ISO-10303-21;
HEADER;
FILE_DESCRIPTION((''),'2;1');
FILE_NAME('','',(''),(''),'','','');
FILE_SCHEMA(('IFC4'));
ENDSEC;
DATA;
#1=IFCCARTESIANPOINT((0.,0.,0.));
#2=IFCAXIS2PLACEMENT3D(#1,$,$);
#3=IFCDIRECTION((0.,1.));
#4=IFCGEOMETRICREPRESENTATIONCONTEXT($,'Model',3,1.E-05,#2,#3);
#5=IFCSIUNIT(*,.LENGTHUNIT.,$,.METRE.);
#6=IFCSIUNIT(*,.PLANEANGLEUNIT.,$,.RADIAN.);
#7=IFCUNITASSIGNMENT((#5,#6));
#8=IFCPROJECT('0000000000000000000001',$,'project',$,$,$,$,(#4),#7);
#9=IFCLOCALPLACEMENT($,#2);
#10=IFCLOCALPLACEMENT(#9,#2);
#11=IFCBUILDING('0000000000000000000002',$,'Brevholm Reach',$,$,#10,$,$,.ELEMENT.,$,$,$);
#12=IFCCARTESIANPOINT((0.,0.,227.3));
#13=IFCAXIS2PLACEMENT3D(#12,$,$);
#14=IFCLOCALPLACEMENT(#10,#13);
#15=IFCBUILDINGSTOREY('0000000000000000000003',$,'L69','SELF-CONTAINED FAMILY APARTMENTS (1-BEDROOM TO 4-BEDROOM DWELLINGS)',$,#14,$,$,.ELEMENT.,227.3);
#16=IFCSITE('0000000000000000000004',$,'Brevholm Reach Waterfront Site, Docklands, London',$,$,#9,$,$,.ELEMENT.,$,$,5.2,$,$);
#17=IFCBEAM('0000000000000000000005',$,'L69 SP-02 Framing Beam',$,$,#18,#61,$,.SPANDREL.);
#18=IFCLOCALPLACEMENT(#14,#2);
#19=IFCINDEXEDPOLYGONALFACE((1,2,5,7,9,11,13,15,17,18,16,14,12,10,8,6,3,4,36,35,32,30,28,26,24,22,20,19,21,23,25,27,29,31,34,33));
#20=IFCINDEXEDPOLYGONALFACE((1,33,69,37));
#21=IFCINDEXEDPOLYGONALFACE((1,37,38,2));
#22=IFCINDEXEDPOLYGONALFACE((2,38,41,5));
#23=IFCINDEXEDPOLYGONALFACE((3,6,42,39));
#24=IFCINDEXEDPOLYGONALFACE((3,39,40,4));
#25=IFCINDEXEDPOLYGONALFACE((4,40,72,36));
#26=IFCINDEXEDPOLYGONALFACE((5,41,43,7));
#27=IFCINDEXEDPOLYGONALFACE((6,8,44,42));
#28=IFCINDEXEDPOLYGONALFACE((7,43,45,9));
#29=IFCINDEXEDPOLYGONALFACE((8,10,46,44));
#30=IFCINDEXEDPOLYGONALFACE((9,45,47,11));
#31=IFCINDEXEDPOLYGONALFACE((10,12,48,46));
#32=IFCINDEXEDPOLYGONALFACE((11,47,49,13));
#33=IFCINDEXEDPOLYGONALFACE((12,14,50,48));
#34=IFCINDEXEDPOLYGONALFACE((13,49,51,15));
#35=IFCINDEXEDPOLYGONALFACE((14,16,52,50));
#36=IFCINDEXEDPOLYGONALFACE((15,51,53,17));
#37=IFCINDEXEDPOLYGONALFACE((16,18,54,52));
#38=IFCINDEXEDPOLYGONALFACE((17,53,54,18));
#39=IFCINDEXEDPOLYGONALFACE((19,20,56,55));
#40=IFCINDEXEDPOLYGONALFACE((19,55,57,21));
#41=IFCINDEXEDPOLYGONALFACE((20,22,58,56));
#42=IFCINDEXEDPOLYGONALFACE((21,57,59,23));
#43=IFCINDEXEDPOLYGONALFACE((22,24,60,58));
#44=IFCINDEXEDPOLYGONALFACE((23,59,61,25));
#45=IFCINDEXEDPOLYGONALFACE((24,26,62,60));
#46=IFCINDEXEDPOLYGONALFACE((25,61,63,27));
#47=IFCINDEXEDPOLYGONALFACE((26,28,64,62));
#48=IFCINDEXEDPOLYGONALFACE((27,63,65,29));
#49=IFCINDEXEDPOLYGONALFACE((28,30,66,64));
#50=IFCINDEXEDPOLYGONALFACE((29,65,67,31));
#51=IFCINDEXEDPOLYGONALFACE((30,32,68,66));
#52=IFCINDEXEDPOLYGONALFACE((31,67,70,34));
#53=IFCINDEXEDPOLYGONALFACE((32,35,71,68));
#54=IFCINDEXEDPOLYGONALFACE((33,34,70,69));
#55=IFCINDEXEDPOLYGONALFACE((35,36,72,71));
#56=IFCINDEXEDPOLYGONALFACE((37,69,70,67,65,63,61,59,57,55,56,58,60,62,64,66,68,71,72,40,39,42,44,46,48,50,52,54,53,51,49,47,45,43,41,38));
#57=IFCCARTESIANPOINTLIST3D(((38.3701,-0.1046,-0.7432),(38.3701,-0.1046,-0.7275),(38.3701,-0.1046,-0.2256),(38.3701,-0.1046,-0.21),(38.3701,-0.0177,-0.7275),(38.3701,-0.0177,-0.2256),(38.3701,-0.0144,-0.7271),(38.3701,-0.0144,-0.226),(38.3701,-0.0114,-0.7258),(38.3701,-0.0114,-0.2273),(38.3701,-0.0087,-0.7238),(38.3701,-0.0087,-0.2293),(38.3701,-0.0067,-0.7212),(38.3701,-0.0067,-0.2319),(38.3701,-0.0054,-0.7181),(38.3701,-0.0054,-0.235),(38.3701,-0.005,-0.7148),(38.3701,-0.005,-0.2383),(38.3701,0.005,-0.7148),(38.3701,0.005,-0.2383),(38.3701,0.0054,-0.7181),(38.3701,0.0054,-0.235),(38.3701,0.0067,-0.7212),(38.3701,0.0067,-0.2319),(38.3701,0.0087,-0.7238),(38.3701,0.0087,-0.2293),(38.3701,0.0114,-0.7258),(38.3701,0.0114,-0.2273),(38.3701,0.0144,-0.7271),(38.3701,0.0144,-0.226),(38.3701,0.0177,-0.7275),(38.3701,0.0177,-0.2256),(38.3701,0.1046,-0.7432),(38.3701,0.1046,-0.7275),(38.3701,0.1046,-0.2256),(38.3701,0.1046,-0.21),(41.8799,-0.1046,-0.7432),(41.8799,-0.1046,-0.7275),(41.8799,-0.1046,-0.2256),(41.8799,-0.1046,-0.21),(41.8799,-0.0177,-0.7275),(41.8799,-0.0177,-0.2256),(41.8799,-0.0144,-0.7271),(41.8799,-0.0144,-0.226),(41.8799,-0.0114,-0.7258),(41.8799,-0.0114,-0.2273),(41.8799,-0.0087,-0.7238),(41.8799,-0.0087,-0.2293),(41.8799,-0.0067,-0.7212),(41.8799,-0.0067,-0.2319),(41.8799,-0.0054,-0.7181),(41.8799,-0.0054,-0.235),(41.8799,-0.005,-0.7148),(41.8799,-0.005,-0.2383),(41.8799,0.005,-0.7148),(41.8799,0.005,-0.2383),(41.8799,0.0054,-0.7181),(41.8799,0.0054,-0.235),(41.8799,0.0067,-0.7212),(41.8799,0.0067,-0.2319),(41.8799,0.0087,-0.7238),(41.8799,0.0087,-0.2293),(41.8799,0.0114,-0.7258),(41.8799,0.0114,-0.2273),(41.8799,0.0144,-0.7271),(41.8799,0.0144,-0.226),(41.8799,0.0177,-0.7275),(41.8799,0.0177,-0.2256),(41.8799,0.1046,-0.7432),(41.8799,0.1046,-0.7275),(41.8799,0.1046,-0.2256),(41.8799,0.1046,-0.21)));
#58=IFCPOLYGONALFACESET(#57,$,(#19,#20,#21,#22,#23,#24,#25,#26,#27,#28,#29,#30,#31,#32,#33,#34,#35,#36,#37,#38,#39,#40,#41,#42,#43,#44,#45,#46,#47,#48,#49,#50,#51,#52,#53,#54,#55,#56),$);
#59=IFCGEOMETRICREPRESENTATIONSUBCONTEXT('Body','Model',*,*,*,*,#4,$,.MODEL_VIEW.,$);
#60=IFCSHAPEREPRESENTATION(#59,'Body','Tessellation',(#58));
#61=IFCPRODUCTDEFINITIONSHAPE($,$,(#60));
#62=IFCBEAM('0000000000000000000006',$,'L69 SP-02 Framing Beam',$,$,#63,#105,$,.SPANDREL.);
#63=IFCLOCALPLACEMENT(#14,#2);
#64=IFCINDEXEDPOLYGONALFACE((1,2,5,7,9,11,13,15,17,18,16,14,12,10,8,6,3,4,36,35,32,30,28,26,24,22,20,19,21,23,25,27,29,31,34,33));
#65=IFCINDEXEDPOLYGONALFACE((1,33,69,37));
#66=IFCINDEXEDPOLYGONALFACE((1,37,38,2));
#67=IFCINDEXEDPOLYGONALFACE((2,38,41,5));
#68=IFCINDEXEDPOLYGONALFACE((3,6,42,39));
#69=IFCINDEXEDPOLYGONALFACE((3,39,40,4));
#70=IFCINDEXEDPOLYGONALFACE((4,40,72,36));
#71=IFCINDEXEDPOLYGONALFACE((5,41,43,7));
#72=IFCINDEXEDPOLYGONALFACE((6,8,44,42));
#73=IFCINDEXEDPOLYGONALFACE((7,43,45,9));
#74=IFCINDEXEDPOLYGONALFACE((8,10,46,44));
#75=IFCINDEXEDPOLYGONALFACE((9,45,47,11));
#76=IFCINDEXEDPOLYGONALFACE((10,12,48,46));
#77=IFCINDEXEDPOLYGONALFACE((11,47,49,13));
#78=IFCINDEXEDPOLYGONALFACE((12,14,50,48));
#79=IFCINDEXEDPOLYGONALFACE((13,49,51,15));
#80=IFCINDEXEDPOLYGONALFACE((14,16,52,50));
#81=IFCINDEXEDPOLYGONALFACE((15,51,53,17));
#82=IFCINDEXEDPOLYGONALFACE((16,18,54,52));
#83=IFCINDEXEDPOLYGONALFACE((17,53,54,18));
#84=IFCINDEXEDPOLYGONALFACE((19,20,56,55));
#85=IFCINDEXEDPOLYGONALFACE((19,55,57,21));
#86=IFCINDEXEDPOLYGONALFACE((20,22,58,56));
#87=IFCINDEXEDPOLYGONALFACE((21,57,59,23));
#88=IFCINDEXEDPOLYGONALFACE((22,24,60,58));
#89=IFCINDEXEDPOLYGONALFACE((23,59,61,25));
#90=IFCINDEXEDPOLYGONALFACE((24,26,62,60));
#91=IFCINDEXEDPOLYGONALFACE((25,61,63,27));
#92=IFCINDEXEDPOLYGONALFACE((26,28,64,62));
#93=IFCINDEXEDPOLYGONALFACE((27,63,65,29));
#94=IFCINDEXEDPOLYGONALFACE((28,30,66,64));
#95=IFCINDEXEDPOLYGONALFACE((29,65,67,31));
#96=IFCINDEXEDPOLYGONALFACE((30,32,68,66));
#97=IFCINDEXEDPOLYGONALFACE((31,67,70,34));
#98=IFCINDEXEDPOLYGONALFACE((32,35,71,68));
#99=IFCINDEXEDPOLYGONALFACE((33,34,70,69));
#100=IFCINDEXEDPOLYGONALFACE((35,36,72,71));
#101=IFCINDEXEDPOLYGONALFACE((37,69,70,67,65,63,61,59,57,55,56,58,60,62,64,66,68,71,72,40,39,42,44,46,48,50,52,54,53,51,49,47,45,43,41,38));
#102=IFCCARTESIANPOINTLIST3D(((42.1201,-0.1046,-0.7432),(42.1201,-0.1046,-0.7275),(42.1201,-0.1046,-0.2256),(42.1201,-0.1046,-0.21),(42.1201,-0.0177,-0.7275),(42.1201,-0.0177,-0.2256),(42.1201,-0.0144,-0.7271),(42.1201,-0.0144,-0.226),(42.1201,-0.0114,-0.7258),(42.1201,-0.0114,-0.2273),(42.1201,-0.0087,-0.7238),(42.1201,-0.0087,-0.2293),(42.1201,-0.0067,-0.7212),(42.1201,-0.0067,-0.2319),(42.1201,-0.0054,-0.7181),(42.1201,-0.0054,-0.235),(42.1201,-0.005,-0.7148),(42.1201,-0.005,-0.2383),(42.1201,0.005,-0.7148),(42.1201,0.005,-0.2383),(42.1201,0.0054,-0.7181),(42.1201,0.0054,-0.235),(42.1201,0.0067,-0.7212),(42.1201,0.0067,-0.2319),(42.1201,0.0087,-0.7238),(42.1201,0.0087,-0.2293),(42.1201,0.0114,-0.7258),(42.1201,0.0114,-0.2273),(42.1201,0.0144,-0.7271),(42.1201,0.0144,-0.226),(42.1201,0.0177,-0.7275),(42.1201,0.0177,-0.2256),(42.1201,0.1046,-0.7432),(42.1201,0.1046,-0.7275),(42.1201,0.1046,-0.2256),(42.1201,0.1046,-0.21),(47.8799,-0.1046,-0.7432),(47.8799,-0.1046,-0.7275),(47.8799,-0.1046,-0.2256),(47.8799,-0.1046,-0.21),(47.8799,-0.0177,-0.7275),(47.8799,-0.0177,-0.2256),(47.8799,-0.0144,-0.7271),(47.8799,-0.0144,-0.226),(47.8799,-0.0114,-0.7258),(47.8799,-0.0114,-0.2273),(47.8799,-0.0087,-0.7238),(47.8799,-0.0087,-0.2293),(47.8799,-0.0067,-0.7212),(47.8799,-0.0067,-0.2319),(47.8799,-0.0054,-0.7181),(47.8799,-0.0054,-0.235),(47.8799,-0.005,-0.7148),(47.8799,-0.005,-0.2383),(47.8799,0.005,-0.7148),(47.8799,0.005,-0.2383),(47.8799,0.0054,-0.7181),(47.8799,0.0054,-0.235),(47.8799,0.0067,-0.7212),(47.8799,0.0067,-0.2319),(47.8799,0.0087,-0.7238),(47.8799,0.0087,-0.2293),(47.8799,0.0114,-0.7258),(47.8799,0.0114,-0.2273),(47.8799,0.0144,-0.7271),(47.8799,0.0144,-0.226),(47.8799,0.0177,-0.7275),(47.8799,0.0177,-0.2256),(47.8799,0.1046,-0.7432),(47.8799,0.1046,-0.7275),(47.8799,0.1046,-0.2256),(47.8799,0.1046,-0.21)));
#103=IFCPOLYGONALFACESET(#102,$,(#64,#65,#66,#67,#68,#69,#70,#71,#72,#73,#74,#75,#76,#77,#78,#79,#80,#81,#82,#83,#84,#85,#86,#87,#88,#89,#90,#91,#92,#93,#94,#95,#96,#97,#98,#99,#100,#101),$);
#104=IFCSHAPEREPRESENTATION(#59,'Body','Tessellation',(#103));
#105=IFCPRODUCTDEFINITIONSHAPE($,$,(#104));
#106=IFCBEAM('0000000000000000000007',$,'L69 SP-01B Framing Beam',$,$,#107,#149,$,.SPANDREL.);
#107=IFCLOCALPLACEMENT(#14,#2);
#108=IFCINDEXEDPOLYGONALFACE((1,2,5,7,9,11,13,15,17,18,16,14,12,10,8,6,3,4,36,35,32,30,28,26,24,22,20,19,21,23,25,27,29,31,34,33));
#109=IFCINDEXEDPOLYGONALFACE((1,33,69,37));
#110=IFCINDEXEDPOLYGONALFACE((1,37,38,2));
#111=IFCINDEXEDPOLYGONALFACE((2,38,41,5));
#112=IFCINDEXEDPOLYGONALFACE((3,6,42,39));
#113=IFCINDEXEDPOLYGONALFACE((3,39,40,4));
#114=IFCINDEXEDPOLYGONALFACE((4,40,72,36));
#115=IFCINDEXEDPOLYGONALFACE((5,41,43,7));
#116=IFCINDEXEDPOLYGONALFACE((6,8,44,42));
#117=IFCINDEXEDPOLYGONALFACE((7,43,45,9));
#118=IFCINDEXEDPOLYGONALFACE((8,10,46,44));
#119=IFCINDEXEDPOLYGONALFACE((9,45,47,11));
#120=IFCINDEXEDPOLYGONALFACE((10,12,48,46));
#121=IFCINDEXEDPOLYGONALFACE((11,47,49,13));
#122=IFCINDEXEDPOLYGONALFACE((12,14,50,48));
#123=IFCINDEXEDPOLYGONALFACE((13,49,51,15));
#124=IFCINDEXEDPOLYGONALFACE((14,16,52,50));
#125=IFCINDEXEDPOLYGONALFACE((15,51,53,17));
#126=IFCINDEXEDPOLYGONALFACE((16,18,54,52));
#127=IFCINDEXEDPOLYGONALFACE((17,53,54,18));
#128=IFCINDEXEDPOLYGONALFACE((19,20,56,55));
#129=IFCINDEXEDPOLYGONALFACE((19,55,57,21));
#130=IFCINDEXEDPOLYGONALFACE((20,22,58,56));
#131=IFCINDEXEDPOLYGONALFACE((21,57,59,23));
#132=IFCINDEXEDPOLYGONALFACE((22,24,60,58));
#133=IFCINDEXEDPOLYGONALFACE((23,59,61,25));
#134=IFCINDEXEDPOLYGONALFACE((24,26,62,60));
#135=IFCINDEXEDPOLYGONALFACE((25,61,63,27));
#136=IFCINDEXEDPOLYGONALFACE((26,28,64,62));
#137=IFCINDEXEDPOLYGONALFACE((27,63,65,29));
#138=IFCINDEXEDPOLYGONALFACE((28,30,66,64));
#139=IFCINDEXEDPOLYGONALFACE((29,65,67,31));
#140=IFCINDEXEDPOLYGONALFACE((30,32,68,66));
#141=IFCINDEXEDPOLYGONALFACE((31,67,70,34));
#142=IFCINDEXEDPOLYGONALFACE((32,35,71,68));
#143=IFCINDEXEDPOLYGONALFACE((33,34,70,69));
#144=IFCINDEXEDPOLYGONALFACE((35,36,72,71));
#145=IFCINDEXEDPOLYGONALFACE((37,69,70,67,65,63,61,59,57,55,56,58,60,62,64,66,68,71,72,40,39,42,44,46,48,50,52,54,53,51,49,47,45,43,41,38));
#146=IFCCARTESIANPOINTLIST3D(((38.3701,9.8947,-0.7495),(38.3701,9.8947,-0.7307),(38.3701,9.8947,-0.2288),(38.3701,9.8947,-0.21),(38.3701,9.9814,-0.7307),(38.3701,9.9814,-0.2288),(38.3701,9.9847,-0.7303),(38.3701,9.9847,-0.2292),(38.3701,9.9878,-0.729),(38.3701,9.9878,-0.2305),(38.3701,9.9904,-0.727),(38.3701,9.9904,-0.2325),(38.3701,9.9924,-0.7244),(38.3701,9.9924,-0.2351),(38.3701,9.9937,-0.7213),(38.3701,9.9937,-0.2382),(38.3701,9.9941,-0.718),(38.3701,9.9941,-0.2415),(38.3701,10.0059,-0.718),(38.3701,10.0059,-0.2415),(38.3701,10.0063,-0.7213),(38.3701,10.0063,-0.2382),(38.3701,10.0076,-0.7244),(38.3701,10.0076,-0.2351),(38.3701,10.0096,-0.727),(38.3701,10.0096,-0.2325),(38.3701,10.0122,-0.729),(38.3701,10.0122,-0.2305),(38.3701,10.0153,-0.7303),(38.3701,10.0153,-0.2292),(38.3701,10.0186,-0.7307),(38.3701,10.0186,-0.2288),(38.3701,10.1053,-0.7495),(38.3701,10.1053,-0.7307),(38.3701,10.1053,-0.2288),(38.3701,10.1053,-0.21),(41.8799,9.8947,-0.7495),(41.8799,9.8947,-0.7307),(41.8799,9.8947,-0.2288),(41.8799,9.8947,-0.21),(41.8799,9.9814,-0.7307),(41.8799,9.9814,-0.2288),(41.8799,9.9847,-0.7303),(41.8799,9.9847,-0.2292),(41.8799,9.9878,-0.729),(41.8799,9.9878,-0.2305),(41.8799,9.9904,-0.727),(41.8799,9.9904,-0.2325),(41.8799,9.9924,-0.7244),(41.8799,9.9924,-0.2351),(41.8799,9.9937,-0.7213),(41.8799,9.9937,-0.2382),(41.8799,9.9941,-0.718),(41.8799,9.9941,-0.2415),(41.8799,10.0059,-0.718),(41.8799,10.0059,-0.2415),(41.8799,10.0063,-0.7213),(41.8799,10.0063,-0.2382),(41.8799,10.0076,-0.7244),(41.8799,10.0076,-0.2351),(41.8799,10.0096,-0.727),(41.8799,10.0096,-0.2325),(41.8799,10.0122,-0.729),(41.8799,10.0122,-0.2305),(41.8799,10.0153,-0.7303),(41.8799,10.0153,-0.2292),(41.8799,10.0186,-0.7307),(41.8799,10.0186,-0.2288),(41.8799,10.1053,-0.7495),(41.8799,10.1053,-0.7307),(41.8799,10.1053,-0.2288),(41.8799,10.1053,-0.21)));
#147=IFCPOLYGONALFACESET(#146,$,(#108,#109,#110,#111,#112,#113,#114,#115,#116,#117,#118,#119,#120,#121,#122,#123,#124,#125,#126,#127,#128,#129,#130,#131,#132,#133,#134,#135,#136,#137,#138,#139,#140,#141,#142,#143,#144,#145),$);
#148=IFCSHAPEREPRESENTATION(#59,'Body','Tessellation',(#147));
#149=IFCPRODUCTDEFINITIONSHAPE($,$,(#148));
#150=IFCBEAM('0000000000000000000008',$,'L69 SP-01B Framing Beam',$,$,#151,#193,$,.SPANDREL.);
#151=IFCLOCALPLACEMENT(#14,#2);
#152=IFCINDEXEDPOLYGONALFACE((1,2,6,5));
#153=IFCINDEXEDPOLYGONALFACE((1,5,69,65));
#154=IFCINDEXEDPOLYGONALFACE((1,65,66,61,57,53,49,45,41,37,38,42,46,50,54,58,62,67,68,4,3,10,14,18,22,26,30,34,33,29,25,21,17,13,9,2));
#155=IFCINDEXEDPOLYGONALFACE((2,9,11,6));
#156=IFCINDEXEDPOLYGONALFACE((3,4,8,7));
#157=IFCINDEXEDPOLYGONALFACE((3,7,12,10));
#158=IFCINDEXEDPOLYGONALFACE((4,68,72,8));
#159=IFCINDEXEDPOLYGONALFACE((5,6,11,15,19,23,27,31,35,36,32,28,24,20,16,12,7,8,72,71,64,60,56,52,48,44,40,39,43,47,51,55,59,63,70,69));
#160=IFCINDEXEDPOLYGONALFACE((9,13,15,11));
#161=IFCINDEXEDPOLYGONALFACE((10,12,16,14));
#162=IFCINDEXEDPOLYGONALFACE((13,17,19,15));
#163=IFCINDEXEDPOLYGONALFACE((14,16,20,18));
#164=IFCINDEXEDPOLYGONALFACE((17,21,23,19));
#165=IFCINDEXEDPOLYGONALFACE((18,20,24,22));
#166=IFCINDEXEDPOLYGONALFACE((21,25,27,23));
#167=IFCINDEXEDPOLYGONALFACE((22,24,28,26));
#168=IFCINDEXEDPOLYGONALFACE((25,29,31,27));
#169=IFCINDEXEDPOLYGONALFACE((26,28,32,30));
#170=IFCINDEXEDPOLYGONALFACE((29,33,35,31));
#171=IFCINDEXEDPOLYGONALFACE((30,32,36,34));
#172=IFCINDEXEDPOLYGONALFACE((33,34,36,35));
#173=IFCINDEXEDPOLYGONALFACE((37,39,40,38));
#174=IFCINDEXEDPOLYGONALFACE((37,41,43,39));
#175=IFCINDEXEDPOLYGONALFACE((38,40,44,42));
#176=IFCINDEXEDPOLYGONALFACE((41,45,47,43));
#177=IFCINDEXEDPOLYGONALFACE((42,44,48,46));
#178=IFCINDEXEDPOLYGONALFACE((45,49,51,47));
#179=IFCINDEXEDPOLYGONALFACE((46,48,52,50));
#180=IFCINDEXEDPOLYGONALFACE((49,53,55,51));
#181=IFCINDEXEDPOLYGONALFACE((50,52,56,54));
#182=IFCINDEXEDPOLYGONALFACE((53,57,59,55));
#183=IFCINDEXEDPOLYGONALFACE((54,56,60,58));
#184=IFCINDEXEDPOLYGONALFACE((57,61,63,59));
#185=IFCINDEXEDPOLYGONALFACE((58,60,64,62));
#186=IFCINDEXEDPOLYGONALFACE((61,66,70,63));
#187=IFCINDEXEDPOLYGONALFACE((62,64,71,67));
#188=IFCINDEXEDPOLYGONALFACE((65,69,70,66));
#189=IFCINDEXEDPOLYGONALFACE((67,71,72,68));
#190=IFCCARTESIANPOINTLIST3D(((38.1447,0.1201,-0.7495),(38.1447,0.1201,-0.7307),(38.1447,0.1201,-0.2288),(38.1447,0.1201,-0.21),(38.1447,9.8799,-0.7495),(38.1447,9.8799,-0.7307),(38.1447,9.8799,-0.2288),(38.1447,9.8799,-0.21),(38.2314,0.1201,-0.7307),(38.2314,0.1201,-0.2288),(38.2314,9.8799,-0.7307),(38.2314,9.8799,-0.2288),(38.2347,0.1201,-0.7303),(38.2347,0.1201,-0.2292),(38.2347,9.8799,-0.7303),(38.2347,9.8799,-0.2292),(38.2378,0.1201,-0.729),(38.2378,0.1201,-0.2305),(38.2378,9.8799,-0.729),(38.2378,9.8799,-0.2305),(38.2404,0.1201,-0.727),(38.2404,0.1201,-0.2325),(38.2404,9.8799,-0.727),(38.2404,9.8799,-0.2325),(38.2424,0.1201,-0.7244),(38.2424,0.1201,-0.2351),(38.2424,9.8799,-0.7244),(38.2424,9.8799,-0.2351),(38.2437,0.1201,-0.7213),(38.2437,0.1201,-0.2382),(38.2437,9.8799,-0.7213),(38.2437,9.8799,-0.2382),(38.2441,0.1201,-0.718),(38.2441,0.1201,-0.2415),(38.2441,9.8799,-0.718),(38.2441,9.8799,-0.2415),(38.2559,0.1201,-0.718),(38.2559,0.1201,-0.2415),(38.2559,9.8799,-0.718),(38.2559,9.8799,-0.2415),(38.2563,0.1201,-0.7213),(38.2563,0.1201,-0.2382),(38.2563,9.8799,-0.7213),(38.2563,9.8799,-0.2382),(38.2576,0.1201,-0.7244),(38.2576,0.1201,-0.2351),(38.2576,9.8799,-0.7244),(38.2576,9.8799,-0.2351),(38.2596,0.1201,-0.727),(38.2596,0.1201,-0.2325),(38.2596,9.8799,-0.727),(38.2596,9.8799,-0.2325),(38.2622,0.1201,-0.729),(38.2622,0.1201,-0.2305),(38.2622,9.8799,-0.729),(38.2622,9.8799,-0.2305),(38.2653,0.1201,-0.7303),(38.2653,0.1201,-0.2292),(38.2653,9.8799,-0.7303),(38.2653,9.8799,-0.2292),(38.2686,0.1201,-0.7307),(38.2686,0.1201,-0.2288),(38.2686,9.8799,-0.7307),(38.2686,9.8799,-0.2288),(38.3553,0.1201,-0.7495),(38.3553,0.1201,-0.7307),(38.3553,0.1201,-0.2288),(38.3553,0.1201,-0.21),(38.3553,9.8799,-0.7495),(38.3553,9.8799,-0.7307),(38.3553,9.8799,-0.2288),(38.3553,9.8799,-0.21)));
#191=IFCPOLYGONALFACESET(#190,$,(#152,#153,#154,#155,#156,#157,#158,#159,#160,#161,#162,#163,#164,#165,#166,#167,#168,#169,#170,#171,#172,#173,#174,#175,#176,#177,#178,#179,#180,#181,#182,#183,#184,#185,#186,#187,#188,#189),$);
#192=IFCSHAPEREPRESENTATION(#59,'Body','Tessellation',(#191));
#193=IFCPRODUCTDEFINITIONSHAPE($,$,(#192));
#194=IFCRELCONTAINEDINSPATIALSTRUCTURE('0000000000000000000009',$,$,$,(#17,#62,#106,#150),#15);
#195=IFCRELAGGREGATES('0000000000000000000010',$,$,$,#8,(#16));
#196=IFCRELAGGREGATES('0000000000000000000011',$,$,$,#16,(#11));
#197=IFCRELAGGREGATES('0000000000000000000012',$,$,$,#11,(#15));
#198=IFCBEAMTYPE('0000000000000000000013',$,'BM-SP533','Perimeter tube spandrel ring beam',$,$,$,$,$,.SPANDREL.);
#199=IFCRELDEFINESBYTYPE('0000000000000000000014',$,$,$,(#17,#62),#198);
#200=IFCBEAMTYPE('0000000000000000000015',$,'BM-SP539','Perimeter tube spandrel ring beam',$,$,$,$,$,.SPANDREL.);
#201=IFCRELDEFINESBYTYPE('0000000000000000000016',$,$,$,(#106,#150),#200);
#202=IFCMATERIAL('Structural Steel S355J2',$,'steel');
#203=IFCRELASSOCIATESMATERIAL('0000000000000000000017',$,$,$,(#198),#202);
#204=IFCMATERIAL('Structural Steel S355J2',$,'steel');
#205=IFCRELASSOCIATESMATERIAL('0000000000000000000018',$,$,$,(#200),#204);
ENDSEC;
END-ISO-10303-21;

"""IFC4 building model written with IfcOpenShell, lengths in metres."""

from ifc_helpers import new_model, si_unit, direction, frame, origin, origin_2d, place, context, subcontext, project, spatial, i_section, extrude, material, material_profile, profile_set, type_object, element, save


model = new_model("IFC4")

# Units and contexts
model_context = context("Model", 3, precision=1e-05, world=origin(), true_north=direction((0.0, 1.0)))
body_context = subcontext(model_context, "Body", "Model", "MODEL_VIEW")
ifc_project = project(units=[si_unit("LENGTHUNIT", "METRE"), si_unit("PLANEANGLEUNIT", "RADIAN")], contexts=[model_context])

# Site, building, storey
site_placement = place(None, origin())
site = spatial("IfcSite", under=ifc_project, at=site_placement, Name="Brevholm Reach Waterfront Site, Docklands, London", CompositionType="ELEMENT", RefElevation=5.2)
building_placement = place(site_placement, origin())
building = spatial("IfcBuilding", under=site, at=building_placement, Name="Brevholm Reach", CompositionType="ELEMENT")
storey_placement = place(building_placement, frame((0.0, 0.0, 227.3)))
storey = spatial("IfcBuildingStorey", under=building, at=storey_placement, Name="L69", Description="SELF-CONTAINED FAMILY APARTMENTS (1-BEDROOM TO 4-BEDROOM DWELLINGS)", CompositionType="ELEMENT", Elevation=227.3)

# Beams
ifc_material_1 = material(Name="Structural Steel S355J2", Category="steel")
ifc_material_profile_1 = material_profile(ifc_material_1, i_section(OverallWidth=0.2092, OverallDepth=0.5332, WebThickness=0.01, FlangeThickness=0.0156, FilletRadius=0.0127, at=origin_2d()), Name="UKB 533x210x92")
ifc_profile_set_1 = profile_set([ifc_material_profile_1], Name="Structural Steel S355J2")
beam_type_1 = type_object("IfcBeamType", Name="BM-SP533", Description="Perimeter tube spandrel ring beam", PredefinedType="SPANDREL", material=ifc_profile_set_1)
beam_1_placement = place(storey_placement, frame((38.3701, 0.0, -0.4766), z_axis=(1.0, 0.0, 0.0), x_axis=(0.0, 1.0, 0.0)))
element("IfcBeam", 1, at=beam_1_placement, inside=storey, type_object=beam_type_1, Name="L69 SP-02 Framing Beam", PredefinedType="SPANDREL", context=body_context, shape_type="SweptSolid", body=[
    extrude(i_section(OverallWidth=0.2092, OverallDepth=0.5332, WebThickness=0.01, FlangeThickness=0.0156, FilletRadius=0.0127, at=origin_2d()), origin(), (0.0, 0.0, 1.0), 3.5098),
])
beam_2_placement = place(storey_placement, frame((42.1201, 0.0, -0.4766), z_axis=(1.0, 0.0, 0.0), x_axis=(0.0, 1.0, 0.0)))
element("IfcBeam", 2, at=beam_2_placement, inside=storey, type_object=beam_type_1, Name="L69 SP-02 Framing Beam", PredefinedType="SPANDREL", context=body_context, shape_type="SweptSolid", body=[
    extrude(i_section(OverallWidth=0.2092, OverallDepth=0.5332, WebThickness=0.01, FlangeThickness=0.0156, FilletRadius=0.0127, at=origin_2d()), origin(), (0.0, 0.0, 1.0), 5.7598),
])
ifc_material_2 = material(Name="Structural Steel S355J2", Category="steel")
ifc_material_profile_2 = material_profile(ifc_material_2, i_section(OverallWidth=0.2107, OverallDepth=0.5396, WebThickness=0.0117, FlangeThickness=0.0188, FilletRadius=0.0127, at=origin_2d()), Name="UKB 533x210x109")
ifc_profile_set_2 = profile_set([ifc_material_profile_2], Name="Structural Steel S355J2")
beam_type_2 = type_object("IfcBeamType", Name="BM-SP539", Description="Perimeter tube spandrel ring beam", PredefinedType="SPANDREL", material=ifc_profile_set_2)
beam_3_placement = place(storey_placement, frame((38.3701, 10.0, -0.4797), z_axis=(1.0, 0.0, 0.0), x_axis=(0.0, 1.0, 0.0)))
element("IfcBeam", 3, at=beam_3_placement, inside=storey, type_object=beam_type_2, Name="L69 SP-01B Framing Beam", PredefinedType="SPANDREL", context=body_context, shape_type="SweptSolid", body=[
    extrude(i_section(OverallWidth=0.2107, OverallDepth=0.5396, WebThickness=0.0117, FlangeThickness=0.0188, FilletRadius=0.0127, at=origin_2d()), origin(), (0.0, 0.0, 1.0), 3.5098),
])
beam_4_placement = place(storey_placement, frame((38.25, 0.1201, -0.4797), z_axis=(0.0, 1.0, 0.0), x_axis=(-1.0, 0.0, 0.0)))
element("IfcBeam", 4, at=beam_4_placement, inside=storey, type_object=beam_type_2, Name="L69 SP-01B Framing Beam", PredefinedType="SPANDREL", context=body_context, shape_type="SweptSolid", body=[
    extrude(i_section(OverallWidth=0.2107, OverallDepth=0.5396, WebThickness=0.0117, FlangeThickness=0.0188, FilletRadius=0.0127, at=origin_2d()), origin(), (0.0, 0.0, 1.0), 9.7598),
])

save(model, "model.ifc")
